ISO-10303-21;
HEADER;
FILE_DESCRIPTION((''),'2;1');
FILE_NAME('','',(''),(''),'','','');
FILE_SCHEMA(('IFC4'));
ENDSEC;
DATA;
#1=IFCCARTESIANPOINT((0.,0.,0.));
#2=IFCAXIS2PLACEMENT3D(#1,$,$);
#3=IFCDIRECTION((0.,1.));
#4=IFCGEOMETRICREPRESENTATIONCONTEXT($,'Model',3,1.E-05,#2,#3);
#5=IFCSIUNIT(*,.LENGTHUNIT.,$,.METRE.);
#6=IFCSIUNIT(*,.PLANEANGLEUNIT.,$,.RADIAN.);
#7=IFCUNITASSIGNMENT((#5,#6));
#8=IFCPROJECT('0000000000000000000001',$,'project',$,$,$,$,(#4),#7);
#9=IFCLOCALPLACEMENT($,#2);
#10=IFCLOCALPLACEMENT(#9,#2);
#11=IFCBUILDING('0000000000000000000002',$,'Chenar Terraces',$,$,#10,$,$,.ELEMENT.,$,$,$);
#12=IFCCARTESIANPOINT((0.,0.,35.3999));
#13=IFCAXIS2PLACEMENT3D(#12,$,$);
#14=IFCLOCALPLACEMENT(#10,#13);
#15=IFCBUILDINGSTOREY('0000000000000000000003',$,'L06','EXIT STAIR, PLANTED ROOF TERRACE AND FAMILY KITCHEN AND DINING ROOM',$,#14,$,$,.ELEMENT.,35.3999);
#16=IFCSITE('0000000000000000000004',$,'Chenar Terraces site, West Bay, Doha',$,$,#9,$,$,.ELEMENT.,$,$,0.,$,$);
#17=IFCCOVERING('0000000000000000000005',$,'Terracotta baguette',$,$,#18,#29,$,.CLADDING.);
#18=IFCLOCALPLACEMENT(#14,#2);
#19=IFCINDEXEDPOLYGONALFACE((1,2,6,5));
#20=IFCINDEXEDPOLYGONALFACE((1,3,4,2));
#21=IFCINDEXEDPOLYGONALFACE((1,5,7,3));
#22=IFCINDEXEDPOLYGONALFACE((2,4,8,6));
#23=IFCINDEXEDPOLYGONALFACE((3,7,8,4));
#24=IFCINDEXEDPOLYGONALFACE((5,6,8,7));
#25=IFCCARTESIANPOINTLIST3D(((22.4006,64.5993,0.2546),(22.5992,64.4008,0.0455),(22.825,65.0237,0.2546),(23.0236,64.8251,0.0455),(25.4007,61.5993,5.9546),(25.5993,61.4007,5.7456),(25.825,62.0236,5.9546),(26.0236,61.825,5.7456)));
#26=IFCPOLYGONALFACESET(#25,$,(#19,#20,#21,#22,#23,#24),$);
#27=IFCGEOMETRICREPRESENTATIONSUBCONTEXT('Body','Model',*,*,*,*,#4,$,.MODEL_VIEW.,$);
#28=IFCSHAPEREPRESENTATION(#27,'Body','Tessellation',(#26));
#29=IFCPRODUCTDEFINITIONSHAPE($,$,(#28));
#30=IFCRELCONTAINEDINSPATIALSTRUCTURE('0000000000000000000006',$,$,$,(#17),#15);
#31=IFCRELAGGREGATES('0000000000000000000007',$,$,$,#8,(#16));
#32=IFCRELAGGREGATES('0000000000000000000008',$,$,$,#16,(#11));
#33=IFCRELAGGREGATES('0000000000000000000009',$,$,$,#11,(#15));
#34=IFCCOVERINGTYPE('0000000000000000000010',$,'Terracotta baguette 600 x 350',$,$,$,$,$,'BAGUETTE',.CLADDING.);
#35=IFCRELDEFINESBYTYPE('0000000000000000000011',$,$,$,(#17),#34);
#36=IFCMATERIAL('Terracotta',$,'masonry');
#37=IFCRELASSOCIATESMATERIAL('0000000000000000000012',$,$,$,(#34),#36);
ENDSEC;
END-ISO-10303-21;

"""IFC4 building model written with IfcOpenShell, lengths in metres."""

from ifc_helpers import new_model, si_unit, direction, frame, origin, origin_2d, place, context, subcontext, project, spatial, rectangle, extrude, material, material_profile, profile_set, type_object, element, save


model = new_model("IFC4")

# Units and contexts
model_context = context("Model", 3, precision=1e-05, world=origin(), true_north=direction((0.0, 1.0)))
body_context = subcontext(model_context, "Body", "Model", "MODEL_VIEW")
ifc_project = project(units=[si_unit("LENGTHUNIT", "METRE"), si_unit("PLANEANGLEUNIT", "RADIAN")], contexts=[model_context])

# Site, building, storey
site_placement = place(None, origin())
site = spatial("IfcSite", under=ifc_project, at=site_placement, Name="Chenar Terraces site, West Bay, Doha", CompositionType="ELEMENT", RefElevation=0.0)
building_placement = place(site_placement, origin())
building = spatial("IfcBuilding", under=site, at=building_placement, Name="Chenar Terraces", CompositionType="ELEMENT")
storey_placement = place(building_placement, frame((0.0, 0.0, 35.3999)))
storey = spatial("IfcBuildingStorey", under=building, at=storey_placement, Name="L06", Description="EXIT STAIR, PLANTED ROOF TERRACE AND FAMILY KITCHEN AND DINING ROOM", CompositionType="ELEMENT", Elevation=35.3999)

# Covering
ifc_material_1 = material(Name="Terracotta", Category="masonry")
ifc_material_profile_1 = material_profile(ifc_material_1, rectangle(XDim=0.6001, YDim=0.3501, at=origin_2d()), Name="Terracotta baguette 600 x 350")
ifc_profile_set_1 = profile_set([ifc_material_profile_1], Name="Terracotta")
covering_type = type_object("IfcCoveringType", Name="Terracotta baguette 600 x 350", ElementType="BAGUETTE", PredefinedType="CLADDING", material=ifc_profile_set_1)
covering_1_placement = place(storey_placement, frame((25.7122, 61.7122, 5.8501), z_axis=(-0.422203, 0.422203, -0.802178), x_axis=(-0.707107, -0.707107, 0.0)))
element("IfcCovering", 1, at=covering_1_placement, inside=storey, type_object=covering_type, Name="Terracotta baguette", PredefinedType="CLADDING", context=body_context, shape_type="SweptSolid", body=[
    extrude(rectangle(XDim=0.6001, YDim=0.3501, at=origin_2d()), origin(), (0.0, 0.0, 1.0), 7.1057),
])

save(model, "model.ifc")
